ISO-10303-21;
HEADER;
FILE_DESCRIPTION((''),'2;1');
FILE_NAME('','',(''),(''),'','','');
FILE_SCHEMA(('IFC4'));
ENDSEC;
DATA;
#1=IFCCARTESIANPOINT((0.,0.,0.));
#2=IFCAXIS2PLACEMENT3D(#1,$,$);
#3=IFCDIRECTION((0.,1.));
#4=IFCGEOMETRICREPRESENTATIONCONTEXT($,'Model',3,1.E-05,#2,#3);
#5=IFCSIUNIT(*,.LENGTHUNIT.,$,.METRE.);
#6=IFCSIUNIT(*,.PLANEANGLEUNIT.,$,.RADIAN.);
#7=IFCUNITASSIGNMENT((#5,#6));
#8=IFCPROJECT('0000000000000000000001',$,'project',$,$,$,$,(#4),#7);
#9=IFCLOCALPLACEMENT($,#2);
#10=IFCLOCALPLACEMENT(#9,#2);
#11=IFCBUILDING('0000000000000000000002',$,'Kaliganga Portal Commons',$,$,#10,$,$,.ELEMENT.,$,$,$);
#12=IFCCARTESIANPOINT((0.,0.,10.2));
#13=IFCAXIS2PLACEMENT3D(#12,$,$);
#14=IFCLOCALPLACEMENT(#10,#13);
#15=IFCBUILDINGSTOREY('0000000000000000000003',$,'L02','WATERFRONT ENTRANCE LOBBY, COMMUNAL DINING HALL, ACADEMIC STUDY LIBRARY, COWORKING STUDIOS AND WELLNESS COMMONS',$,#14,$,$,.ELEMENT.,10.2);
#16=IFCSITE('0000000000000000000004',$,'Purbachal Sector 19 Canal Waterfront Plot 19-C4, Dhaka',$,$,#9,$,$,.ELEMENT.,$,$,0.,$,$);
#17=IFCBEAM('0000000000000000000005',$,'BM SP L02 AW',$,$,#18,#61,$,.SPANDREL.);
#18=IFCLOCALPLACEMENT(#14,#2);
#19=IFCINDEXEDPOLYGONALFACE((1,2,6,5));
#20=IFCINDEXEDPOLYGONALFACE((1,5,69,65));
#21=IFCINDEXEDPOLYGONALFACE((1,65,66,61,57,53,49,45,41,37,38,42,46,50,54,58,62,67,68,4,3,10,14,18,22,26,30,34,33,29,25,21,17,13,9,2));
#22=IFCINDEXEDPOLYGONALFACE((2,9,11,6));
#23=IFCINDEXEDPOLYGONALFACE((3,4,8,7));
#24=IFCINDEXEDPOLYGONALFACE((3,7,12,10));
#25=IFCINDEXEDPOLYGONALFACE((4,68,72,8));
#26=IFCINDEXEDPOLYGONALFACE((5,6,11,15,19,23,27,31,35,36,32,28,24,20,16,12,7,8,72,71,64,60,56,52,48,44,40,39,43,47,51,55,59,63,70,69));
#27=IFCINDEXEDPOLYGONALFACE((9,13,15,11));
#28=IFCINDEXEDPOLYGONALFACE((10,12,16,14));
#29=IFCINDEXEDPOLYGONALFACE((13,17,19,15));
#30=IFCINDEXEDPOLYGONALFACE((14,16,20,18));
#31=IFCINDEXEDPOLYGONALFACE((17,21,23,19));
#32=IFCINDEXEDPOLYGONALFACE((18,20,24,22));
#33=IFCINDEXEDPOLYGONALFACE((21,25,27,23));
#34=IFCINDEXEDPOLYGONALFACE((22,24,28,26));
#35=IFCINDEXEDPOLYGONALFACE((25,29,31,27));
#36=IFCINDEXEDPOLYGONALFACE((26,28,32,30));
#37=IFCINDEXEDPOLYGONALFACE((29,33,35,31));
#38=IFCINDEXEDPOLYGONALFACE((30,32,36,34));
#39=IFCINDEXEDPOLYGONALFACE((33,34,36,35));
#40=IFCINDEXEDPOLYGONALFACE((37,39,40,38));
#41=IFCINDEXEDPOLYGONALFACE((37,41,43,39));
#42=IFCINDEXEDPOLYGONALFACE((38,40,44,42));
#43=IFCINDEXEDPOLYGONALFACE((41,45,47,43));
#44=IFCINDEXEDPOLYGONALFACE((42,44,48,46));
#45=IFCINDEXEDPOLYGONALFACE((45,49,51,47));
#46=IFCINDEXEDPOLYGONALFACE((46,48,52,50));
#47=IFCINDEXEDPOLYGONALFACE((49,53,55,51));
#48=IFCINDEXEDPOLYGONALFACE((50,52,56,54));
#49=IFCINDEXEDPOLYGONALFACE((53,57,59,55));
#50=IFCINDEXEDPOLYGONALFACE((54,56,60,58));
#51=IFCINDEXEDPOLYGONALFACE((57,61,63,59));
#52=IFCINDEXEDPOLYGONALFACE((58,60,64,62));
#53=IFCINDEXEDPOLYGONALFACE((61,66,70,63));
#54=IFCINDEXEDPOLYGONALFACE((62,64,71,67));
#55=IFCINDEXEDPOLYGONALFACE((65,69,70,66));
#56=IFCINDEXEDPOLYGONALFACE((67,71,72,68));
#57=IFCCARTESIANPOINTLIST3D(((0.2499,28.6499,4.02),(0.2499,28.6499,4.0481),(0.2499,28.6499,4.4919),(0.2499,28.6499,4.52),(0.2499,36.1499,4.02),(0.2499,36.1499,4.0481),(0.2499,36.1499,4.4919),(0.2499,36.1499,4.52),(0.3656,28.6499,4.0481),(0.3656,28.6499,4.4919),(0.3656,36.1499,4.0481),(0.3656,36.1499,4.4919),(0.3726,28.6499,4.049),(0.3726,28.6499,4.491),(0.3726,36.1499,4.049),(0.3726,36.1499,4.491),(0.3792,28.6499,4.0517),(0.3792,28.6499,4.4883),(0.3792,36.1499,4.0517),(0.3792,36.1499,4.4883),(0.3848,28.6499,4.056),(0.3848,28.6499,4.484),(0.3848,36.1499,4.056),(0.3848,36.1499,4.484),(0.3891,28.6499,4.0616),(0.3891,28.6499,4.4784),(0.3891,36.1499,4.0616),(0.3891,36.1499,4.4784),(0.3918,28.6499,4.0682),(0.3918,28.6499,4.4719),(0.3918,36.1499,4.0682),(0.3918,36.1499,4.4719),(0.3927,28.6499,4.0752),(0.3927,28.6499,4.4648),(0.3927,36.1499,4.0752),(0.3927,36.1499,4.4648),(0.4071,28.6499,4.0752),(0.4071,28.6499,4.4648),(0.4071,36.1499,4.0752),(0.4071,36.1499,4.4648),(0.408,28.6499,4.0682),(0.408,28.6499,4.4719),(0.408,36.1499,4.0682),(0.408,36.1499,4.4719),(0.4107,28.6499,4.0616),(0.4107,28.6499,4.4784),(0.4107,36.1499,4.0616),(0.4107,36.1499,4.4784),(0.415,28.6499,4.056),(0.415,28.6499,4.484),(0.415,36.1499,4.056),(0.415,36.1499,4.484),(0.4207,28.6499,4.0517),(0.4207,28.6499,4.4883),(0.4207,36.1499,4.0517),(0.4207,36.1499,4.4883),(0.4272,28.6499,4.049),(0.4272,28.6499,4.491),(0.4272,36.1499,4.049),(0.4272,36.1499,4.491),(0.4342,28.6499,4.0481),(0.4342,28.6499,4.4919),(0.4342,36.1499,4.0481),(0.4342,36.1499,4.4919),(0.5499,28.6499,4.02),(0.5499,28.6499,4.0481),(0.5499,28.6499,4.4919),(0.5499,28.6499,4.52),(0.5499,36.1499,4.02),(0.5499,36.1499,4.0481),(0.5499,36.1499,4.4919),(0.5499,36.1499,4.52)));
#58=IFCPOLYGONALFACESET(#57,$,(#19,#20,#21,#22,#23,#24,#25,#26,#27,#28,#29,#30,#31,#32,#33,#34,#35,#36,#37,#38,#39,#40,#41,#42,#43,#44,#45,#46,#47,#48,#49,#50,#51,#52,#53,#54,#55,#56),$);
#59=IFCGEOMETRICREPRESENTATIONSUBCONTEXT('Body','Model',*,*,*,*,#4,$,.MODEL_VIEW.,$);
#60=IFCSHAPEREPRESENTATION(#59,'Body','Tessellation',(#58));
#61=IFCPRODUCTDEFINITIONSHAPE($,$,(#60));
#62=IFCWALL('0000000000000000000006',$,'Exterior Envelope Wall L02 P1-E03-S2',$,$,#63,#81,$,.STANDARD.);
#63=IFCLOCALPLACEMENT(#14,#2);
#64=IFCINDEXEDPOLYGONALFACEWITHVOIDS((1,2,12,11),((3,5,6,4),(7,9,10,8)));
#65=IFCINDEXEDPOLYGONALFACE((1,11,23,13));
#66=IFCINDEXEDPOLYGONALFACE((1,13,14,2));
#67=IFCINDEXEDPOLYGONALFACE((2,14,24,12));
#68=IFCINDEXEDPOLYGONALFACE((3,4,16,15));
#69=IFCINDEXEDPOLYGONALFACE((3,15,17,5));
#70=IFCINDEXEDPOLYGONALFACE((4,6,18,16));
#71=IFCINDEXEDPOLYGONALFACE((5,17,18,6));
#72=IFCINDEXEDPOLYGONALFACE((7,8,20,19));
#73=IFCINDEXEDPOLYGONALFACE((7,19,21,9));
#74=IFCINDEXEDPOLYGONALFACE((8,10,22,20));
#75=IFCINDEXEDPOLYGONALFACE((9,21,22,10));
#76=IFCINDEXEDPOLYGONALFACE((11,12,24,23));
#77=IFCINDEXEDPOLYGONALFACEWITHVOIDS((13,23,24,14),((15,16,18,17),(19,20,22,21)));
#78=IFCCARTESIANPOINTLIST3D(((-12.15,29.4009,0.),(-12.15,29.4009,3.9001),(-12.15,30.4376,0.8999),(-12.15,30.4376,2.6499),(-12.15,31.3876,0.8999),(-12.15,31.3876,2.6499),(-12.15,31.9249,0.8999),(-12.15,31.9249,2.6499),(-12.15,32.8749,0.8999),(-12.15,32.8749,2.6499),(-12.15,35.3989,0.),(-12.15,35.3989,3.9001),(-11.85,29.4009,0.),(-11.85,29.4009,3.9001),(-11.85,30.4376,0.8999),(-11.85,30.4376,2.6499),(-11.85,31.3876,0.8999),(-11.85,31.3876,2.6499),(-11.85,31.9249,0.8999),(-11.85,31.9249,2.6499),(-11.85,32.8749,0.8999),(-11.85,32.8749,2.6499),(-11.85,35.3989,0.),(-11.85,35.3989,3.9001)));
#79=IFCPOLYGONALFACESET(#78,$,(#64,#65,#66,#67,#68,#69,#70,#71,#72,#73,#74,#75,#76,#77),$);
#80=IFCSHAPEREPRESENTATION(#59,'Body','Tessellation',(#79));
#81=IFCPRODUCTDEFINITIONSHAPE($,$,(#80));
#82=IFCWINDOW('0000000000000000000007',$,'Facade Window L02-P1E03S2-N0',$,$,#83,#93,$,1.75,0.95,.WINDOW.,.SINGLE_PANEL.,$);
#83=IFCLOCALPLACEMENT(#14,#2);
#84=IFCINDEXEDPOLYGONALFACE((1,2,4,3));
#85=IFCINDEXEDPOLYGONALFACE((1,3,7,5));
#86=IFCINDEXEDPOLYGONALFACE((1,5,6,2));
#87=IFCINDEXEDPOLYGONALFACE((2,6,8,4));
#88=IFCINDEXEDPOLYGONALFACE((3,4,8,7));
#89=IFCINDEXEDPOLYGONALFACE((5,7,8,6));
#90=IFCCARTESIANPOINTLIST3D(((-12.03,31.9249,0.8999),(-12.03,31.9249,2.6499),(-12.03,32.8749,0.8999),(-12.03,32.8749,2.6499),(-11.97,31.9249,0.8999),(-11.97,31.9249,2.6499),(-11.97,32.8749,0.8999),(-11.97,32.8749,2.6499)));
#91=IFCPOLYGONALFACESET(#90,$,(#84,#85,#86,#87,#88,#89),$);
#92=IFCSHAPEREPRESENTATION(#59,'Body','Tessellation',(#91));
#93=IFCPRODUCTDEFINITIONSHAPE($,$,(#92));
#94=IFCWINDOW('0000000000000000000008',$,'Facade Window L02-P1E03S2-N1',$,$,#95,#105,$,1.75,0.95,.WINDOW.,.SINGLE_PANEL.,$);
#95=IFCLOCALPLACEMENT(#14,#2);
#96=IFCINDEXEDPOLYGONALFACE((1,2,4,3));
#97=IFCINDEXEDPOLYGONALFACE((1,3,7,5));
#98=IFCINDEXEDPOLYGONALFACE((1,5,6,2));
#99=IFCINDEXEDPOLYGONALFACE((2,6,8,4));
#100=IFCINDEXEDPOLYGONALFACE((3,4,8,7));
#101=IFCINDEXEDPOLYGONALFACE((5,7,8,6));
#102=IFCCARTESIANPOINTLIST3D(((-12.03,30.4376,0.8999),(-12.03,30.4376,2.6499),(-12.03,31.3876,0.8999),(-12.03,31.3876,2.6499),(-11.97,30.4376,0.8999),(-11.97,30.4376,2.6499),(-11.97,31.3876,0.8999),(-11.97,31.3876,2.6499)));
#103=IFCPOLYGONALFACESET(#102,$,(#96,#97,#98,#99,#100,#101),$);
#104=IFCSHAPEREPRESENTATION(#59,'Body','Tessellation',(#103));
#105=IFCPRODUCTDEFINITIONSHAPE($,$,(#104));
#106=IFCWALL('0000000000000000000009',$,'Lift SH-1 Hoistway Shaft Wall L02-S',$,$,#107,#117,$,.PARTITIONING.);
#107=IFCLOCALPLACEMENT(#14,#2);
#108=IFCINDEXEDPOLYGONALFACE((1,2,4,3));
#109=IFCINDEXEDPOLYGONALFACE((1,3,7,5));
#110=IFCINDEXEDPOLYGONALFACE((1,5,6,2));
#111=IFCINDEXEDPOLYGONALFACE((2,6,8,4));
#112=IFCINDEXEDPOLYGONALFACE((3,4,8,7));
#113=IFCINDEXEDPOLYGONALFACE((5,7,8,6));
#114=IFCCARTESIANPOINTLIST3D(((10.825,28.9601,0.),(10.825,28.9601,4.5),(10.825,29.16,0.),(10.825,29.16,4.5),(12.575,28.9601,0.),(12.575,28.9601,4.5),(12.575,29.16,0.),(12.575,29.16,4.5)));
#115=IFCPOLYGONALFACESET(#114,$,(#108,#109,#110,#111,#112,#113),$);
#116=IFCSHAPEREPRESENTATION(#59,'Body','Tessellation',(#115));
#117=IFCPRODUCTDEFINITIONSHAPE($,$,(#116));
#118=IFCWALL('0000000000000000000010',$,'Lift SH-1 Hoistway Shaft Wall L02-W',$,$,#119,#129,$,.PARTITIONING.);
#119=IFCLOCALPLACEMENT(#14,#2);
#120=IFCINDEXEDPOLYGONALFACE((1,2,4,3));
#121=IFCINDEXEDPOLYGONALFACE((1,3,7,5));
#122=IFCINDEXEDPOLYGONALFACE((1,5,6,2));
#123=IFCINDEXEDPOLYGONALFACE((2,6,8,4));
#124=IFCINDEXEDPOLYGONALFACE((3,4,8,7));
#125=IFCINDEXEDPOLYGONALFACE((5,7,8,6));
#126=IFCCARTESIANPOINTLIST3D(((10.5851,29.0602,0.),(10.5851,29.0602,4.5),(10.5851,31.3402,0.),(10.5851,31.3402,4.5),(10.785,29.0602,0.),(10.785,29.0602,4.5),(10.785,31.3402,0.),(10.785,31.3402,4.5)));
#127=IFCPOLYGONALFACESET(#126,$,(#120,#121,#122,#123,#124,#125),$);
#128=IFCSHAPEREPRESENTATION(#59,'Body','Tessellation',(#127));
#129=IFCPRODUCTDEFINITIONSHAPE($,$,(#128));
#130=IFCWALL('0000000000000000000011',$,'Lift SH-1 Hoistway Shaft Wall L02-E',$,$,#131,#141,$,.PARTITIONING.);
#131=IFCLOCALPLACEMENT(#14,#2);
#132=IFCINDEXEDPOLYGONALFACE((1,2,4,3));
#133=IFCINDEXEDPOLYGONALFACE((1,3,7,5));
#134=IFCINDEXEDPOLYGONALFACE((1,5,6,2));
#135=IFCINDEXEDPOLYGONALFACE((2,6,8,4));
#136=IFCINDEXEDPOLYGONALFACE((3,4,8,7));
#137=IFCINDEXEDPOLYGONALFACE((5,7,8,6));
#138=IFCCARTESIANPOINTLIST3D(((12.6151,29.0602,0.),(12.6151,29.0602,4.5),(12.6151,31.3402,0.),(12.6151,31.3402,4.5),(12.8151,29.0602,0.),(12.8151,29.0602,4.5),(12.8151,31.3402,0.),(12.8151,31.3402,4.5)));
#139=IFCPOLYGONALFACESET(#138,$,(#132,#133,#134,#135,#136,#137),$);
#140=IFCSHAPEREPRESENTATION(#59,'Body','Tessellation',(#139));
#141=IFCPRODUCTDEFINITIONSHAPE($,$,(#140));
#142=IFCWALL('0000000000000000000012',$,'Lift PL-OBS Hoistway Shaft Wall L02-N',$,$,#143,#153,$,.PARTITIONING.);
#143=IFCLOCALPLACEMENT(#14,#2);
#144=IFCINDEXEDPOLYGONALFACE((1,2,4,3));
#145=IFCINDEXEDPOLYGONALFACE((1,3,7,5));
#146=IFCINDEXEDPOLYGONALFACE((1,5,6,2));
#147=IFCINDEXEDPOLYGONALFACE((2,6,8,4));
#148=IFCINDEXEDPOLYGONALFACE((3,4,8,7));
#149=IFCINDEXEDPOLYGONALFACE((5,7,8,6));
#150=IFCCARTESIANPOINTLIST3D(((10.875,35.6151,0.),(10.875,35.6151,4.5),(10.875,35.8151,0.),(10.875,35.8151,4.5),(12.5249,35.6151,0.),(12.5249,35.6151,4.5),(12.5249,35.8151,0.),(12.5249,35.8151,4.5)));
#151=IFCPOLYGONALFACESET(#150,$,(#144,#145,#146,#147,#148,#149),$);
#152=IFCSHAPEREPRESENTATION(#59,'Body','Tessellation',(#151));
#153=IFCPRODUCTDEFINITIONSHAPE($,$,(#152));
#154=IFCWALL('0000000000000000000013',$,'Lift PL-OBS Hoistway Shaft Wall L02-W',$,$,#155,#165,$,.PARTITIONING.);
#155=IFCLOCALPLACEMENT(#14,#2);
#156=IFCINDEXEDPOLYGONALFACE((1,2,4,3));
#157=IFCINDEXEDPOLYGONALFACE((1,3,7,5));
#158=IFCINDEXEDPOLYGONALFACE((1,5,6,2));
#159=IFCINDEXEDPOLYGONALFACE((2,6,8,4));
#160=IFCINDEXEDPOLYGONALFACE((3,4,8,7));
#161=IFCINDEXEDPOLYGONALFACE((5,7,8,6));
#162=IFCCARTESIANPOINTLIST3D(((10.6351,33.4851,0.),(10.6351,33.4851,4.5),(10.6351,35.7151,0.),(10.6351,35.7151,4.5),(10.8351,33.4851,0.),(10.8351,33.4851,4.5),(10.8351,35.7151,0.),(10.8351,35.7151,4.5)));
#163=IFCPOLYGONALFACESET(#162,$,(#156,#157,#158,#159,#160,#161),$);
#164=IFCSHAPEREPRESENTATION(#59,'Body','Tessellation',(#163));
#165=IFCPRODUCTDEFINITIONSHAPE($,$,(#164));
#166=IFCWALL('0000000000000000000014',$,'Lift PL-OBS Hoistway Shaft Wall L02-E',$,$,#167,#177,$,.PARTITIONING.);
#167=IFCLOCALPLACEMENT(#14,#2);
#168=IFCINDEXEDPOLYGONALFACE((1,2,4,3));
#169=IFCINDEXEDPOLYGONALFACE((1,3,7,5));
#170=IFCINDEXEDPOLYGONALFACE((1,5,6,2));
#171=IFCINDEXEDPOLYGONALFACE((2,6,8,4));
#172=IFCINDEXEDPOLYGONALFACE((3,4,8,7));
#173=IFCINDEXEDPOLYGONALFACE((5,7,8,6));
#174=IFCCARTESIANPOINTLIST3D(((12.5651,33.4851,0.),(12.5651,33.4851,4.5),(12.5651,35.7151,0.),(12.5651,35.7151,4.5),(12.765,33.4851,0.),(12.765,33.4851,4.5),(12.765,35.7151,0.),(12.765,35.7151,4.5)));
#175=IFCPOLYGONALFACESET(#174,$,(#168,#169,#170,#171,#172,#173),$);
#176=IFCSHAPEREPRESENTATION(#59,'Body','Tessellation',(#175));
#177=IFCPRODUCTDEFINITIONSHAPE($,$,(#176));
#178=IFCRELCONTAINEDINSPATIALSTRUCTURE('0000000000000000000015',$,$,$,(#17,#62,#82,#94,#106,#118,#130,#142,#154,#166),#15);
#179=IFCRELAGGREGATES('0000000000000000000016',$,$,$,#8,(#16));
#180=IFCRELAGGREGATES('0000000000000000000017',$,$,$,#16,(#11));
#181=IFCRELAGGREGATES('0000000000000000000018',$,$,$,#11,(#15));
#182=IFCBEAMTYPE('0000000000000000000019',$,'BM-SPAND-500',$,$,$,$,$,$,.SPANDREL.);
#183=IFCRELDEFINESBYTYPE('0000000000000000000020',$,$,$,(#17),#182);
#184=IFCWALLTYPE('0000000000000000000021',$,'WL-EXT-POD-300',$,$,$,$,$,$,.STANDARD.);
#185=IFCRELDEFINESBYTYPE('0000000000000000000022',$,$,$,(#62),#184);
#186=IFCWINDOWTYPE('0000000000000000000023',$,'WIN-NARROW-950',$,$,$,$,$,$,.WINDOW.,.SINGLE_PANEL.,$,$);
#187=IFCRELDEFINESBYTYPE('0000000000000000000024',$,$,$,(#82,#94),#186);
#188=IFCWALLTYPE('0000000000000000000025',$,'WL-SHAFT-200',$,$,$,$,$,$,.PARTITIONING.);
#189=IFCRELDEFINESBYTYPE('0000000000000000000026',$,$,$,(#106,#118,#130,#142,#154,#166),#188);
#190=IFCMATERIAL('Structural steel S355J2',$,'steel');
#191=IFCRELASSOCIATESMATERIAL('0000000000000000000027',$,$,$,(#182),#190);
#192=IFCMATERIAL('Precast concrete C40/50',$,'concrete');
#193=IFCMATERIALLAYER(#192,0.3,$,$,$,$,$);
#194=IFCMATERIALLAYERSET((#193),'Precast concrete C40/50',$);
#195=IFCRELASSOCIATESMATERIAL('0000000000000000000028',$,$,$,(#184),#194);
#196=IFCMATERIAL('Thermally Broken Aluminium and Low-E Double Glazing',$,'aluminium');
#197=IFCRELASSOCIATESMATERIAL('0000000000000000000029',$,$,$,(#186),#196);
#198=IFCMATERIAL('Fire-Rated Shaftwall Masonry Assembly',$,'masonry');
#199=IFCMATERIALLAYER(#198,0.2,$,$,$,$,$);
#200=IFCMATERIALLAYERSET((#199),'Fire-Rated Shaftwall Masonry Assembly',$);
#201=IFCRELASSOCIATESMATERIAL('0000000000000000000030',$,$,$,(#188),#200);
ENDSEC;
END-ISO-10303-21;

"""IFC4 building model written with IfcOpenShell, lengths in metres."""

from ifc_helpers import new_model, si_unit, direction, frame, frame_2d, origin, origin_2d, place, context, subcontext, project, spatial, rectangle, i_section, extrude, source, transform, mapped, material, layer, layer_set, material_profile, profile_set, type_object, element, fill, save


model = new_model("IFC4")

# Units and contexts
model_context = context("Model", 3, precision=1e-05, world=origin(), true_north=direction((0.0, 1.0)))
body_context = subcontext(model_context, "Body", "Model", "MODEL_VIEW")
ifc_project = project(units=[si_unit("LENGTHUNIT", "METRE"), si_unit("PLANEANGLEUNIT", "RADIAN")], contexts=[model_context])

# Site, building, storey
site_placement = place(None, origin())
site = spatial("IfcSite", under=ifc_project, at=site_placement, Name="Purbachal Sector 19 Canal Waterfront Plot 19-C4, Dhaka", CompositionType="ELEMENT", RefElevation=0.0)
building_placement = place(site_placement, origin())
building = spatial("IfcBuilding", under=site, at=building_placement, Name="Kaliganga Portal Commons", CompositionType="ELEMENT")
storey_placement = place(building_placement, frame((0.0, 0.0, 10.2)))
storey = spatial("IfcBuildingStorey", under=building, at=storey_placement, Name="L02", Description="WATERFRONT ENTRANCE LOBBY, COMMUNAL DINING HALL, ACADEMIC STUDY LIBRARY, COWORKING STUDIOS AND WELLNESS COMMONS", CompositionType="ELEMENT", Elevation=10.2)

# Beam
ifc_material_1 = material(Name="Structural steel S355J2", Category="steel")
ifc_material_profile_1 = material_profile(ifc_material_1, i_section(OverallWidth=0.3, OverallDepth=0.5, WebThickness=0.0144, FlangeThickness=0.0281, FilletRadius=0.0271, at=origin_2d()), Name="HE 500 B")
ifc_profile_set_1 = profile_set([ifc_material_profile_1], Name="Structural steel S355J2 wide-flange")
beam_type_1 = type_object("IfcBeamType", Name="BM-SPAND-500", PredefinedType="SPANDREL", material=ifc_profile_set_1)
shared_shape_1 = source(origin(), body_context, "Body", "SweptSolid", [
    extrude(i_section(OverallWidth=0.3, OverallDepth=0.5, WebThickness=0.0144, FlangeThickness=0.0281, FilletRadius=0.0271, at=origin_2d()), origin(), (0.0, 0.0, 1.0), 7.5),
])
beam_1_placement = place(storey_placement, frame((0.3999, 28.6499, 4.27), z_axis=(0.0, 1.0, 0.0), x_axis=(-1.0, 0.0, 0.0)))
element("IfcBeam", 1, at=beam_1_placement, inside=storey, type_object=beam_type_1, Name="BM SP L02 AW", PredefinedType="SPANDREL", context=body_context, shape_type="MappedRepresentation", body=[
    mapped(shared_shape_1, transform((0.0, 0.0, 0.0), x_axis=(1.0, 0.0, 0.0), y_axis=(0.0, 1.0, 0.0), z_axis=(0.0, 0.0, 1.0), scale=1.0)),
])

# Wall, openings, windows
ifc_material_2 = material(Name="Precast concrete C40/50", Category="concrete")
ifc_layer_1 = layer(ifc_material_2, 0.3)
ifc_layer_set_1 = layer_set([ifc_layer_1], Name="Precast concrete C40/50")
wall_type_1 = type_object("IfcWallType", Name="WL-EXT-POD-300", PredefinedType="STANDARD", material=ifc_layer_set_1)
wall_1_placement = place(storey_placement, frame((-12.0, 29.4009, 0.0), z_axis=(0.0, 0.0, 1.0), x_axis=(0.0, 1.0, 0.0)))
wall_1 = element("IfcWall", 2, at=wall_1_placement, inside=storey, type_object=wall_type_1, Name="Exterior Envelope Wall L02 P1-E03-S2", PredefinedType="STANDARD", context=body_context, shape_type="SweptSolid", body=[
    extrude(rectangle(XDim=5.998, YDim=0.3, at=frame_2d((2.999, 0.0))), origin(), (0.0, 0.0, 1.0), 3.9001),
])
opening_1_placement = place(wall_1_placement, frame((2.5239, 0.0, 0.8999)))
opening_1 = element("IfcOpeningElement", 3, at=opening_1_placement, cuts=wall_1, PredefinedType="OPENING", context=body_context, shape_type="SweptSolid", body=[
    extrude(rectangle(XDim=0.95, YDim=1.75, at=frame_2d((0.4751, 0.875))), frame((0.0, 0.1602, 0.0), z_axis=(0.0, -1.0, 0.0), x_axis=(1.0, 0.0, 0.0)), (0.0, 0.0, 1.0), 0.3201),
])
opening_2_placement = place(wall_1_placement, frame((1.0366, 0.0, 0.8999)))
opening_2 = element("IfcOpeningElement", 4, at=opening_2_placement, cuts=wall_1, PredefinedType="OPENING", context=body_context, shape_type="SweptSolid", body=[
    extrude(rectangle(XDim=0.95, YDim=1.75, at=frame_2d((0.4751, 0.875))), frame((0.0, 0.1602, 0.0), z_axis=(0.0, -1.0, 0.0), x_axis=(1.0, 0.0, 0.0)), (0.0, 0.0, 1.0), 0.3201),
])
ifc_material_3 = material(Name="Thermally Broken Aluminium and Low-E Double Glazing", Category="aluminium")
window_type = type_object("IfcWindowType", Name="WIN-NARROW-950", PartitioningType="SINGLE_PANEL", PredefinedType="WINDOW", material=ifc_material_3)
window_1_placement = place(opening_1_placement, origin())
window_1 = element("IfcWindow", 5, at=window_1_placement, inside=storey, type_object=window_type, Name="Facade Window L02-P1E03S2-N0", OverallHeight=1.75, OverallWidth=0.95, PartitioningType="SINGLE_PANEL", PredefinedType="WINDOW", context=body_context, shape_type="SweptSolid", body=[
    extrude(rectangle(XDim=0.95, YDim=1.75, at=frame_2d((0.4751, 0.875))), frame((0.0, 0.03, 0.0), z_axis=(0.0, -1.0, 0.0), x_axis=(1.0, 0.0, 0.0)), (0.0, 0.0, 1.0), 0.0601),
])
fill(opening_1, window_1)
window_2_placement = place(opening_2_placement, origin())
window_2 = element("IfcWindow", 6, at=window_2_placement, inside=storey, type_object=window_type, Name="Facade Window L02-P1E03S2-N1", OverallHeight=1.75, OverallWidth=0.95, PartitioningType="SINGLE_PANEL", PredefinedType="WINDOW", context=body_context, shape_type="SweptSolid", body=[
    extrude(rectangle(XDim=0.95, YDim=1.75, at=frame_2d((0.4751, 0.875))), frame((0.0, 0.03, 0.0), z_axis=(0.0, -1.0, 0.0), x_axis=(1.0, 0.0, 0.0)), (0.0, 0.0, 1.0), 0.0601),
])
fill(opening_2, window_2)

# Wall
ifc_material_4 = material(Name="Fire-Rated Shaftwall Masonry Assembly", Category="masonry")
ifc_layer_2 = layer(ifc_material_4, 0.2)
ifc_layer_set_2 = layer_set([ifc_layer_2], Name="Fire-Rated Shaftwall Masonry Assembly")
wall_type_2 = type_object("IfcWallType", Name="WL-SHAFT-200", PredefinedType="PARTITIONING", material=ifc_layer_set_2)
wall_2_placement = place(storey_placement, frame((10.825, 29.0601, 0.0), z_axis=(0.0, 0.0, 1.0), x_axis=(1.0, 0.0, 0.0)))
element("IfcWall", 7, at=wall_2_placement, inside=storey, type_object=wall_type_2, Name="Lift SH-1 Hoistway Shaft Wall L02-S", PredefinedType="PARTITIONING", context=body_context, shape_type="SweptSolid", body=[
    extrude(rectangle(XDim=1.75, YDim=0.2, at=frame_2d((0.875, 0.0))), origin(), (0.0, 0.0, 1.0), 4.5),
])

# Walls
for number, where, z_axis, x_axis, name in (
    (8, (10.6851, 29.0601, 0.0), (0.0, 0.0, 1.0), (0.0, 1.0, 0.0), "Lift SH-1 Hoistway Shaft Wall L02-W"),
    (9, (12.7151, 29.0601, 0.0), (0.0, 0.0, 1.0), (0.0, 1.0, 0.0), "Lift SH-1 Hoistway Shaft Wall L02-E"),
):
    element("IfcWall", number, at=place(storey_placement, frame(where, z_axis=z_axis, x_axis=x_axis)), inside=storey, type_object=wall_type_2, Name=name, PredefinedType="PARTITIONING", context=body_context, shape_type="SweptSolid", body=[
        extrude(rectangle(XDim=2.28, YDim=0.2, at=frame_2d((1.1401, 0.0))), origin(), (0.0, 0.0, 1.0), 4.5),
    ])

# Walls
wall_3_placement = place(storey_placement, frame((10.875, 35.7151, 0.0), z_axis=(0.0, 0.0, 1.0), x_axis=(1.0, 0.0, 0.0)))
element("IfcWall", 10, at=wall_3_placement, inside=storey, type_object=wall_type_2, Name="Lift PL-OBS Hoistway Shaft Wall L02-N", PredefinedType="PARTITIONING", context=body_context, shape_type="SweptSolid", body=[
    extrude(rectangle(XDim=1.6499, YDim=0.2, at=frame_2d((0.825, 0.0))), origin(), (0.0, 0.0, 1.0), 4.5),
])
for number, where, z_axis, x_axis, name in (
    (11, (10.7351, 33.4851, 0.0), (0.0, 0.0, 1.0), (0.0, 1.0, 0.0), "Lift PL-OBS Hoistway Shaft Wall L02-W"),
    (12, (12.665, 33.4851, 0.0), (0.0, 0.0, 1.0), (0.0, 1.0, 0.0), "Lift PL-OBS Hoistway Shaft Wall L02-E"),
):
    element("IfcWall", number, at=place(storey_placement, frame(where, z_axis=z_axis, x_axis=x_axis)), inside=storey, type_object=wall_type_2, Name=name, PredefinedType="PARTITIONING", context=body_context, shape_type="SweptSolid", body=[
        extrude(rectangle(XDim=2.23, YDim=0.2, at=frame_2d((1.115, 0.0))), origin(), (0.0, 0.0, 1.0), 4.5),
    ])

save(model, "model.ifc")
